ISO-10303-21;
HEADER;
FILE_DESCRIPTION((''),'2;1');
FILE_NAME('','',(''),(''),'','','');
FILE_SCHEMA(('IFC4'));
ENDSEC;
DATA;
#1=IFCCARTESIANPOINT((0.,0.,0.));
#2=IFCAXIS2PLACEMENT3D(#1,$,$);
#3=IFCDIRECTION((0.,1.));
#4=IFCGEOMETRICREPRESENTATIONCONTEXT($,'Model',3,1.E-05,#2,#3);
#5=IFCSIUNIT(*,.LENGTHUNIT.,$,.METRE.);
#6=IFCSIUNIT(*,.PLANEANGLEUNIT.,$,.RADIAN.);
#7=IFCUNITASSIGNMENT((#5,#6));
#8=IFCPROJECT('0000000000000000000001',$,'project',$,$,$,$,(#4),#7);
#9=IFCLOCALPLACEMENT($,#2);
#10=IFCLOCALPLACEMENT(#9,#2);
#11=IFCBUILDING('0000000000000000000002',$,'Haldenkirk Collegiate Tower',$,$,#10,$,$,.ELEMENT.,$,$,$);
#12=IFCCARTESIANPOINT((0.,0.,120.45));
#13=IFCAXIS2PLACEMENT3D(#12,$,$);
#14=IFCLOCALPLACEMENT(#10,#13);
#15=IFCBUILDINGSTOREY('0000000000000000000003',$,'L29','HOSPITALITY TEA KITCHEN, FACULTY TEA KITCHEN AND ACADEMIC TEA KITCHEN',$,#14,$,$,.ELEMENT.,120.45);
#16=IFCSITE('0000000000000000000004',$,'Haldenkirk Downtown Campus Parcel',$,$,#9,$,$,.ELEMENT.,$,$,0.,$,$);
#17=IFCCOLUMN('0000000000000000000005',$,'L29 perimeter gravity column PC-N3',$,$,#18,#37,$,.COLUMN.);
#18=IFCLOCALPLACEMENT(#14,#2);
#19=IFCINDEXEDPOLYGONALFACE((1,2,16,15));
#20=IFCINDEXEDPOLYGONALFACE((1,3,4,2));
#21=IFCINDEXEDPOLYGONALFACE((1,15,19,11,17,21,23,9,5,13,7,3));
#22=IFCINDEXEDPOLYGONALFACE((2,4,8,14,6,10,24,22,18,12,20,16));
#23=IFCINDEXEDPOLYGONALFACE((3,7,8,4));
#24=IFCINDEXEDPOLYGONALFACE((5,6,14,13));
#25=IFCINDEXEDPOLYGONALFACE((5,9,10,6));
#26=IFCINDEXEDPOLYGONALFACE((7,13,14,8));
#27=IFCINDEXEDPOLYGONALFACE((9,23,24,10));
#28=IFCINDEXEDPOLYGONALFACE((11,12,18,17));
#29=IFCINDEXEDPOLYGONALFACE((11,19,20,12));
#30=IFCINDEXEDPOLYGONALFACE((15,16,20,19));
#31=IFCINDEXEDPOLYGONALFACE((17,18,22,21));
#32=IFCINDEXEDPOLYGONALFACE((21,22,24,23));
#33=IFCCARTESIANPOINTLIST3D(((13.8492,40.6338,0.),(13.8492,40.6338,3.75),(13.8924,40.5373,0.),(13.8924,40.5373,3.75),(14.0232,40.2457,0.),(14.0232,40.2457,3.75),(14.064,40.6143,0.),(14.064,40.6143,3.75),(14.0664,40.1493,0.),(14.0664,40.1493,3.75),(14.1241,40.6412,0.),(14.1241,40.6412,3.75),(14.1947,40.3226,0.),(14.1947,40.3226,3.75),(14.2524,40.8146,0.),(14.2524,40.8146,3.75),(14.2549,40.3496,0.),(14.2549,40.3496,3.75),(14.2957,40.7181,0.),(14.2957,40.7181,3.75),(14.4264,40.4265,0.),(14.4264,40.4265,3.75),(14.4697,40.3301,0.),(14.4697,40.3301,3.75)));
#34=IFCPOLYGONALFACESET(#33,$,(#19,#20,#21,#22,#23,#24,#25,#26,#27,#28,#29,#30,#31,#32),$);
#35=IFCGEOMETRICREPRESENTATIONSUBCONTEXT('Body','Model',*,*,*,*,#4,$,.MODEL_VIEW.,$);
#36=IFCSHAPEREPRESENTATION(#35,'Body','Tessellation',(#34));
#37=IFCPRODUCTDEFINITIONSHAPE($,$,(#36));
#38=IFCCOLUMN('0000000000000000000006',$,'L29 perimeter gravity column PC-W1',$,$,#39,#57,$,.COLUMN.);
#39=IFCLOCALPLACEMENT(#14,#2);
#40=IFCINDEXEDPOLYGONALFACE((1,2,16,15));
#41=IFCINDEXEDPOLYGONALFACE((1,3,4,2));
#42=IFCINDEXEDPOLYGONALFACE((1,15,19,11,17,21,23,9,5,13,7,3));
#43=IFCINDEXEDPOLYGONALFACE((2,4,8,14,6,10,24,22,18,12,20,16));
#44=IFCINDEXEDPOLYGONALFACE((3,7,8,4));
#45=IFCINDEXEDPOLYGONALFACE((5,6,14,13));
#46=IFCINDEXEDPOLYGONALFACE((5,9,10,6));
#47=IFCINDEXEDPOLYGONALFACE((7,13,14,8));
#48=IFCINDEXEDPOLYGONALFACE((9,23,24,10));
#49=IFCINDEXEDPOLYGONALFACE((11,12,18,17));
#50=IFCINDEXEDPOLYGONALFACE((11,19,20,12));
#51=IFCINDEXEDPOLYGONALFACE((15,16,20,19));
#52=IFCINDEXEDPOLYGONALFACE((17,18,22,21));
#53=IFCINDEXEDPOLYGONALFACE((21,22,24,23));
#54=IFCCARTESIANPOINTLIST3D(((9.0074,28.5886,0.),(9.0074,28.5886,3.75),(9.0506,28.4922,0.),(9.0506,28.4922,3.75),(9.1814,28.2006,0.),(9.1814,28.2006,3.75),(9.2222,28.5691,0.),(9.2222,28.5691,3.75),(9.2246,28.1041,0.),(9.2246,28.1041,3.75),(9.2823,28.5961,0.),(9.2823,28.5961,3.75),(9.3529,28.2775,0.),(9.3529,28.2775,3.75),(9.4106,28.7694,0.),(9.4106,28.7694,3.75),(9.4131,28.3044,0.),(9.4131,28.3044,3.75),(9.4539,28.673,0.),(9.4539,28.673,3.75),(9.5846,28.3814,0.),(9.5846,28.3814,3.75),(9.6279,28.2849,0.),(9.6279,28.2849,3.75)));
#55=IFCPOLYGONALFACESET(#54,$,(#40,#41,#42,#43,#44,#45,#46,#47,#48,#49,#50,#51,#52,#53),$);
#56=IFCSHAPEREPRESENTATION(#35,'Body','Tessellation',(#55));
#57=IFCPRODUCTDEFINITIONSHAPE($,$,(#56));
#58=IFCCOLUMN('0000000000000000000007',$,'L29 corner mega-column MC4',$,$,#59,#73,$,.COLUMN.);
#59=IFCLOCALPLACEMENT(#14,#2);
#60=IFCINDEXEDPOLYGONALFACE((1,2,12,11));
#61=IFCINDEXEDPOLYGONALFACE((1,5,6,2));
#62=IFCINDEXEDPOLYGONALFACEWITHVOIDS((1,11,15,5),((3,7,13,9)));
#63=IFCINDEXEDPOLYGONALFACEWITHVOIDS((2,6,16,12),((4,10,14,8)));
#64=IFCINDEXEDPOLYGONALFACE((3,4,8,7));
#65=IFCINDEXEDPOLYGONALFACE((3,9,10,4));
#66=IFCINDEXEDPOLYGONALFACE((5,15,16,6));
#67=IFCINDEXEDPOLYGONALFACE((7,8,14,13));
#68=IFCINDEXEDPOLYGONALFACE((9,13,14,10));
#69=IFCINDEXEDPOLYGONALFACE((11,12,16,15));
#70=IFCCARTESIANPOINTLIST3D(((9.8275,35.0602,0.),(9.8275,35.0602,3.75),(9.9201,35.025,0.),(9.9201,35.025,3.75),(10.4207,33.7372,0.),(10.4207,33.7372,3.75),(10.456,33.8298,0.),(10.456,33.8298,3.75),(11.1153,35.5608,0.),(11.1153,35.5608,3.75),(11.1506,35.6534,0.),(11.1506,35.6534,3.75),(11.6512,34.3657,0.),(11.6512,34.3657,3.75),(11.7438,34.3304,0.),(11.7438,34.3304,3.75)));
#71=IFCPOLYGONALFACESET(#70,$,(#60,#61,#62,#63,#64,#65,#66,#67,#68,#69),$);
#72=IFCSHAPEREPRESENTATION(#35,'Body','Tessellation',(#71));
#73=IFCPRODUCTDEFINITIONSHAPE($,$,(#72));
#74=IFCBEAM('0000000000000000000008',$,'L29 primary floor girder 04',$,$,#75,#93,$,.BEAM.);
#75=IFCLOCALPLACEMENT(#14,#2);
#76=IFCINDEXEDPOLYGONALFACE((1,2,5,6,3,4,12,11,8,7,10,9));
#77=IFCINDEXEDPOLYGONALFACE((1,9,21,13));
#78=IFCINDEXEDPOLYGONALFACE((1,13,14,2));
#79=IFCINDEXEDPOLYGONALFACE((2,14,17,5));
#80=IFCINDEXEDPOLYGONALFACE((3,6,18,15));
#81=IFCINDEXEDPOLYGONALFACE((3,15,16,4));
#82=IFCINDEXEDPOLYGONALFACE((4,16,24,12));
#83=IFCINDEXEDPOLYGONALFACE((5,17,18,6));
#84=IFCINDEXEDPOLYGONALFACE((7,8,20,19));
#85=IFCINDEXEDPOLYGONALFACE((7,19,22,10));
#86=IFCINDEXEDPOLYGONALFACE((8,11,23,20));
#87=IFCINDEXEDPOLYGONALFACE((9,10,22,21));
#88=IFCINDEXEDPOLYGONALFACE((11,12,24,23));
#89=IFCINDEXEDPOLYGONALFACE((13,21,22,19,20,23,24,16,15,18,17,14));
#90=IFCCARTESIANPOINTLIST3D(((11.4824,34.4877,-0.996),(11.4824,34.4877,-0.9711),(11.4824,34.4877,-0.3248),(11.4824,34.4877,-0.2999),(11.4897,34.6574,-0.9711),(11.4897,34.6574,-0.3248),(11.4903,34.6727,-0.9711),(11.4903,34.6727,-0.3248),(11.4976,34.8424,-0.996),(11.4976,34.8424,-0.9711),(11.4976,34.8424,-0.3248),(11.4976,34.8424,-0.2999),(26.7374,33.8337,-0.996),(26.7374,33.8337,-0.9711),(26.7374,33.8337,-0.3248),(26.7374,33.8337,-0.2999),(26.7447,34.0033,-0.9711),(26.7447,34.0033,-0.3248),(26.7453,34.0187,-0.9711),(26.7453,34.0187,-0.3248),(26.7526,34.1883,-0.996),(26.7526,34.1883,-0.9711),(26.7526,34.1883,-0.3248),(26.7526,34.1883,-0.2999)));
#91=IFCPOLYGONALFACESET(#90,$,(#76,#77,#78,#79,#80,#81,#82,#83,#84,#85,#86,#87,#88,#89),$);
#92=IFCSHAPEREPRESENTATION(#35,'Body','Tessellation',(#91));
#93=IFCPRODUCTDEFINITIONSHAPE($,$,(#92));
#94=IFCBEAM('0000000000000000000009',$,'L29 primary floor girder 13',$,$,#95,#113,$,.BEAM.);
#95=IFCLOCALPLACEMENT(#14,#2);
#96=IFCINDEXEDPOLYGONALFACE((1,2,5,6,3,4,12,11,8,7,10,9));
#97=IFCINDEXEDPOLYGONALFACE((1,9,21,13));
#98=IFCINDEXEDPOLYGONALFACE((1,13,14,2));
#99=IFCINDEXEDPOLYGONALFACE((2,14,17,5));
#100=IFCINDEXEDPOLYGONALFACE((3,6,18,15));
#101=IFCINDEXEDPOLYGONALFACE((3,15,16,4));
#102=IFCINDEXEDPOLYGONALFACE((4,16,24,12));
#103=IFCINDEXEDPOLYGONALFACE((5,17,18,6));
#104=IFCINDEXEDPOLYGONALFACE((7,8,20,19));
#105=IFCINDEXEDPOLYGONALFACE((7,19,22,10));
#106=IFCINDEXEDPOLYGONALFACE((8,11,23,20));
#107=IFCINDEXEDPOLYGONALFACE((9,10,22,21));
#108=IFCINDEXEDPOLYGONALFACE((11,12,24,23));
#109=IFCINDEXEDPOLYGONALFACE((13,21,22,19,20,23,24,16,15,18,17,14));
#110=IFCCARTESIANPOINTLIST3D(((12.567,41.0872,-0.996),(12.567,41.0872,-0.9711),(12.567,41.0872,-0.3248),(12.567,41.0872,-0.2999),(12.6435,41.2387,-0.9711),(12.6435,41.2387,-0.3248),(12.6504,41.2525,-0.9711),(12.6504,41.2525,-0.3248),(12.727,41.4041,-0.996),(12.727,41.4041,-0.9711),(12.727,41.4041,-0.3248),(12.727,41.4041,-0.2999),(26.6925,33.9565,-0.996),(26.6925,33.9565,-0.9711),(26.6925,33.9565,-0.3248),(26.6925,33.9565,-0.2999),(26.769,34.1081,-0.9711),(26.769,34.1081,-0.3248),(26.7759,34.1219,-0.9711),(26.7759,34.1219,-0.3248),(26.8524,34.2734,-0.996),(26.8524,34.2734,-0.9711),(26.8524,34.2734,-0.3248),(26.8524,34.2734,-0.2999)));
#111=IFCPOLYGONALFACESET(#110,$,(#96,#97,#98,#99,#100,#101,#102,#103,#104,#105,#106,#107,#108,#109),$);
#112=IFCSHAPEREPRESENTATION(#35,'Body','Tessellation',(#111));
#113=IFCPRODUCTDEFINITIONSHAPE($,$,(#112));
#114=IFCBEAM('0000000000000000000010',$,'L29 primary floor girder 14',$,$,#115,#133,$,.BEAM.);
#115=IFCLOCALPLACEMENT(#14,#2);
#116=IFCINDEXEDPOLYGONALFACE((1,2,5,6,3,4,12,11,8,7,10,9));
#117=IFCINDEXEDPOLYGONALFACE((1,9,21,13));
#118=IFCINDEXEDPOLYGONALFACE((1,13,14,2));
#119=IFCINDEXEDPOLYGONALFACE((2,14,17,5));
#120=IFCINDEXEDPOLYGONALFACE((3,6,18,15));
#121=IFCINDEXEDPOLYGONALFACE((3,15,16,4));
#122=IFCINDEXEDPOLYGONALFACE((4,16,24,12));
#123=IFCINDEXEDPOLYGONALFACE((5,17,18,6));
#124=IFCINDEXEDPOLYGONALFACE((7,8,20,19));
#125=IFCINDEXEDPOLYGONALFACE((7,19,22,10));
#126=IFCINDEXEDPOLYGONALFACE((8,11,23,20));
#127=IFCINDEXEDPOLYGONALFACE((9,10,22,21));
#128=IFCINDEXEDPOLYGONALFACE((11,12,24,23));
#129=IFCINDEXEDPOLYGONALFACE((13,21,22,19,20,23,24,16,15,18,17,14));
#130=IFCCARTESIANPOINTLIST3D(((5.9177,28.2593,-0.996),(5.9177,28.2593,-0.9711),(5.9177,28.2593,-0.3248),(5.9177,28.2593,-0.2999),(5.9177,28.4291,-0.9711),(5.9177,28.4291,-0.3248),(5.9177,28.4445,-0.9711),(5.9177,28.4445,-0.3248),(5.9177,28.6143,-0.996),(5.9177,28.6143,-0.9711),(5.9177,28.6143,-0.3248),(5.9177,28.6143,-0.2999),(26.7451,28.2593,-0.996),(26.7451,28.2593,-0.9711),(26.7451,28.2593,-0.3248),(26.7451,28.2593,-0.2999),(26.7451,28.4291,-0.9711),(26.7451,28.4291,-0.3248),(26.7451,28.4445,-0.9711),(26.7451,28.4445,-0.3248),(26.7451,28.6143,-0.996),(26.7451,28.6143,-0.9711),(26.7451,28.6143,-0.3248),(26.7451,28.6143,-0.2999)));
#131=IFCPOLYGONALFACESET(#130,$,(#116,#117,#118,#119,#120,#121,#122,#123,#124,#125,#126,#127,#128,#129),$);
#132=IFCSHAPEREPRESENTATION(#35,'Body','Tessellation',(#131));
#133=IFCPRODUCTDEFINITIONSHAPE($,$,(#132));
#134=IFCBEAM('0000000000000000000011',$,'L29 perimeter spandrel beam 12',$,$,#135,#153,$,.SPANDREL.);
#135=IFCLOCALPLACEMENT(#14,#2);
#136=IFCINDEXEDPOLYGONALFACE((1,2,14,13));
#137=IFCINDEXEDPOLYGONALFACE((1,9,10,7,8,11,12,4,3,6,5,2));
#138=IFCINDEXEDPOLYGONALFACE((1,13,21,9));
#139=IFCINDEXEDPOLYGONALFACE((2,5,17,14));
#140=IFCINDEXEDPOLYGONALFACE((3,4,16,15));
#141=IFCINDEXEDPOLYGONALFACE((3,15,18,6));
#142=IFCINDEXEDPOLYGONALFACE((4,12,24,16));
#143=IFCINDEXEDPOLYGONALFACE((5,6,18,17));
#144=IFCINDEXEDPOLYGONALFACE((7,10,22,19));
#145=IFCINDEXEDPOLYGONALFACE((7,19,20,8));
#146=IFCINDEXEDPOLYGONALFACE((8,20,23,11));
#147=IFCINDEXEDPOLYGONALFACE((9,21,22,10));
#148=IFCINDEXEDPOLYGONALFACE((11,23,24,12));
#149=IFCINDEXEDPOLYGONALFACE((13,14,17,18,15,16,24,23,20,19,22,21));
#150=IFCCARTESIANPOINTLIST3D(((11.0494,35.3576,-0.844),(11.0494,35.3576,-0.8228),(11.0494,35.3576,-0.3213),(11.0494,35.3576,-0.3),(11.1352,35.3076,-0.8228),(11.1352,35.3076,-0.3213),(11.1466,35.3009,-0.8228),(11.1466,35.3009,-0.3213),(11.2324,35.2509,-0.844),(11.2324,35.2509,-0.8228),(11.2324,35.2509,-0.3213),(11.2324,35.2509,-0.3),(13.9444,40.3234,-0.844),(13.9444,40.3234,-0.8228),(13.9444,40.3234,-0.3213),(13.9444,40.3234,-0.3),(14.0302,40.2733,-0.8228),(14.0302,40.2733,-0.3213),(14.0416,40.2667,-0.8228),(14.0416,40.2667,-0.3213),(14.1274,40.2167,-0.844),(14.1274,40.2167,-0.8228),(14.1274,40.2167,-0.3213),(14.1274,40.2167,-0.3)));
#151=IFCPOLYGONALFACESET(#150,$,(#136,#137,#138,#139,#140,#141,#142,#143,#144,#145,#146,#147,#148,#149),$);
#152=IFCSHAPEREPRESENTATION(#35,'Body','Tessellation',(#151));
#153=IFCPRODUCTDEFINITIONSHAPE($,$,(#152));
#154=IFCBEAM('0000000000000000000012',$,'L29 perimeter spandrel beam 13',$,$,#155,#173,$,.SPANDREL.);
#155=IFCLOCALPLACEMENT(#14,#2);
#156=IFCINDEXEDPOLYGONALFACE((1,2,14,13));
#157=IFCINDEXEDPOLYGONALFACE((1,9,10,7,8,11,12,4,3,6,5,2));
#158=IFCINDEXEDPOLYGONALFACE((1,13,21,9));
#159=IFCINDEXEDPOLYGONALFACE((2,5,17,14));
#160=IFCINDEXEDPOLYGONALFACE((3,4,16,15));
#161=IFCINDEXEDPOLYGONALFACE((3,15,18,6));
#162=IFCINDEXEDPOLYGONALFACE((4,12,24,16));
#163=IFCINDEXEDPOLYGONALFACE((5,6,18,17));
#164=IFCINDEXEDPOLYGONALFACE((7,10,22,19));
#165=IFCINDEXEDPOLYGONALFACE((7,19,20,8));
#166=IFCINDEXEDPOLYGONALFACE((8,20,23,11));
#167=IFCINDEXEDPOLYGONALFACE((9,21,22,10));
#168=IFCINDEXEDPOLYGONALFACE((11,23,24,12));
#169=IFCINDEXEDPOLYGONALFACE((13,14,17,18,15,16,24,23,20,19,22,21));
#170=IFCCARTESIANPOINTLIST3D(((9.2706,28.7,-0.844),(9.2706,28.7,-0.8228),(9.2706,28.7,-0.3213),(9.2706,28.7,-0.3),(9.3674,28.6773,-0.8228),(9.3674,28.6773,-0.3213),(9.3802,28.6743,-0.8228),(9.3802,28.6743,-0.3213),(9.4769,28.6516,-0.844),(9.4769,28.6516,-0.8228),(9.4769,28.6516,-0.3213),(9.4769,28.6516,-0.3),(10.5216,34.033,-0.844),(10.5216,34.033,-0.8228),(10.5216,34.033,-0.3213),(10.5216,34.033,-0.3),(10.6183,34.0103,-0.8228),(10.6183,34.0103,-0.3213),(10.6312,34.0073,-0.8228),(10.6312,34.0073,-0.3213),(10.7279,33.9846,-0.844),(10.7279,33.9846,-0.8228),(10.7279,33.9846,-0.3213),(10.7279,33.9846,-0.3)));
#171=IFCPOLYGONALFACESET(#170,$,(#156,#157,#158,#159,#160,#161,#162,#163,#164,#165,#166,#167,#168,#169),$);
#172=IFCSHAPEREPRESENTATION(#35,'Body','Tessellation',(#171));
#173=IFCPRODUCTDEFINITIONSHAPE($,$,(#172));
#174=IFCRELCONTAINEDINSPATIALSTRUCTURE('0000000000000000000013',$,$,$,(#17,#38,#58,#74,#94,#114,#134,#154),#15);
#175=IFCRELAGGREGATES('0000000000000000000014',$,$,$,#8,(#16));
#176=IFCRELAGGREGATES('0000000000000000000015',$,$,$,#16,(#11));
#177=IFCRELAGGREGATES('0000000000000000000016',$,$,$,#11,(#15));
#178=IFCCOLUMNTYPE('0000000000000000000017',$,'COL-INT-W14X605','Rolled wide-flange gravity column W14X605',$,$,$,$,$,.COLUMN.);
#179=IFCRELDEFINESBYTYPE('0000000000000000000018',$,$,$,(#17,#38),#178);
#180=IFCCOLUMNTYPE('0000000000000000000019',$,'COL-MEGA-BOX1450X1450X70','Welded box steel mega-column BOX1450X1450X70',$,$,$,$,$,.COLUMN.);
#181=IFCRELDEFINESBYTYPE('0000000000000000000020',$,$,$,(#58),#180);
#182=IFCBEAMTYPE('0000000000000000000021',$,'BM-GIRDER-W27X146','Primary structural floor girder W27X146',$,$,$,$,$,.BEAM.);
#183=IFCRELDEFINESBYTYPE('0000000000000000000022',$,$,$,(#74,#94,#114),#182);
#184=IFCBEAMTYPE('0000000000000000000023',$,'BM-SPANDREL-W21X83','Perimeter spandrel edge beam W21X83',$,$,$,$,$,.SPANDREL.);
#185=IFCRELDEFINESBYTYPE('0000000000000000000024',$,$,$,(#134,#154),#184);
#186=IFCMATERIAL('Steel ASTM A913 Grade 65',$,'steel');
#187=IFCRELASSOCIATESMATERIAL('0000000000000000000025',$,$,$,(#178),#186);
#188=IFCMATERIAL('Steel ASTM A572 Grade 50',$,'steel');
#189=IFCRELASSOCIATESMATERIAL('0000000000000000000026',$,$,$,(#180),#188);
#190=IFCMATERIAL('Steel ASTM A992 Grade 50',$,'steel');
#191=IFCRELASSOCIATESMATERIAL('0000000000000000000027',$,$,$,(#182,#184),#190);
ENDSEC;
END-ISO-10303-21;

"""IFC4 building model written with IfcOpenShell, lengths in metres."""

from ifc_helpers import new_model, si_unit, direction, frame, origin, origin_2d, place, context, subcontext, project, spatial, hollow_rectangle, i_section, extrude, material, material_profile, profile_set, type_object, element, save


model = new_model("IFC4")

# Units and contexts
model_context = context("Model", 3, precision=1e-05, world=origin(), true_north=direction((0.0, 1.0)))
body_context = subcontext(model_context, "Body", "Model", "MODEL_VIEW")
ifc_project = project(units=[si_unit("LENGTHUNIT", "METRE"), si_unit("PLANEANGLEUNIT", "RADIAN")], contexts=[model_context])

# Site, building, storey
site_placement = place(None, origin())
site = spatial("IfcSite", under=ifc_project, at=site_placement, Name="Haldenkirk Downtown Campus Parcel", CompositionType="ELEMENT", RefElevation=0.0)
building_placement = place(site_placement, origin())
building = spatial("IfcBuilding", under=site, at=building_placement, Name="Haldenkirk Collegiate Tower", CompositionType="ELEMENT")
storey_placement = place(building_placement, frame((0.0, 0.0, 120.45)))
storey = spatial("IfcBuildingStorey", under=building, at=storey_placement, Name="L29", Description="HOSPITALITY TEA KITCHEN, FACULTY TEA KITCHEN AND ACADEMIC TEA KITCHEN", CompositionType="ELEMENT", Elevation=120.45)

# Columns
ifc_material_1 = material(Name="Steel ASTM A913 Grade 65", Category="steel")
ifc_material_profile_1 = material_profile(ifc_material_1, i_section(OverallWidth=0.4419, OverallDepth=0.531, WebThickness=0.0659, FlangeThickness=0.1057, at=origin_2d()), Name="W14X605")
ifc_profile_set_1 = profile_set([ifc_material_profile_1], Name="Steel ASTM A913 Grade 65")
column_type_1 = type_object("IfcColumnType", Name="COL-INT-W14X605", Description="Rolled wide-flange gravity column W14X605", PredefinedType="COLUMN", material=ifc_profile_set_1)
for number, where, z_axis, x_axis, name in (
    (1, (14.1594, 40.4819, 0.0), (0.0, 0.0, 1.0), (0.912477, 0.409127, 0.0), "L29 perimeter gravity column PC-N3"),
    (2, (9.3176, 28.4368, 0.0), (0.0, 0.0, 1.0), (0.912477, 0.409127, 0.0), "L29 perimeter gravity column PC-W1"),
):
    element("IfcColumn", number, at=place(storey_placement, frame(where, z_axis=z_axis, x_axis=x_axis)), inside=storey, type_object=column_type_1, Name=name, PredefinedType="COLUMN", context=body_context, shape_type="SweptSolid", body=[
        extrude(i_section(OverallWidth=0.4419, OverallDepth=0.531, WebThickness=0.0659, FlangeThickness=0.1057, at=origin_2d()), origin(), (0.0, 0.0, 1.0), 3.75),
    ])
ifc_material_2 = material(Name="Steel ASTM A572 Grade 50", Category="steel")
ifc_material_profile_2 = material_profile(ifc_material_2, hollow_rectangle(XDim=1.45, YDim=1.45, WallThickness=0.0701, at=origin_2d()), Name="BOX1450X1450X70")
ifc_profile_set_2 = profile_set([ifc_material_profile_2], Name="Steel ASTM A572 Grade 50")
column_type_2 = type_object("IfcColumnType", Name="COL-MEGA-BOX1450X1450X70", Description="Welded box steel mega-column BOX1450X1450X70", PredefinedType="COLUMN", material=ifc_profile_set_2)
column_placement = place(storey_placement, frame((10.7856, 34.6953, 0.0), z_axis=(0.0, 0.0, 1.0), x_axis=(0.912477, 0.409127, 0.0)))
element("IfcColumn", 3, at=column_placement, inside=storey, type_object=column_type_2, Name="L29 corner mega-column MC4", PredefinedType="COLUMN", context=body_context, shape_type="SweptSolid", body=[
    extrude(hollow_rectangle(XDim=1.45, YDim=1.45, WallThickness=0.0701, at=origin_2d()), origin(), (0.0, 0.0, 1.0), 3.75),
])

# Beams
ifc_material_3 = material(Name="Steel ASTM A992 Grade 50", Category="steel")
ifc_material_profile_3 = material_profile(ifc_material_3, i_section(OverallWidth=0.355, OverallDepth=0.696, WebThickness=0.0154, FlangeThickness=0.0249, at=origin_2d()), Name="W27X146")
ifc_profile_set_3 = profile_set([ifc_material_profile_3], Name="Steel ASTM A992 Grade 50")
beam_type_1 = type_object("IfcBeamType", Name="BM-GIRDER-W27X146", Description="Primary structural floor girder W27X146", PredefinedType="BEAM", material=ifc_profile_set_3)
beam_1_placement = place(storey_placement, frame((11.49, 34.665, -0.6479), z_axis=(0.999082, -0.042835, 0.0), x_axis=(0.042835, 0.999082, 0.0)))
element("IfcBeam", 4, at=beam_1_placement, inside=storey, type_object=beam_type_1, Name="L29 primary floor girder 04", PredefinedType="BEAM", context=body_context, shape_type="SweptSolid", body=[
    extrude(i_section(OverallWidth=0.355, OverallDepth=0.696, WebThickness=0.0154, FlangeThickness=0.0249, at=origin_2d()), origin(), (0.0, 0.0, 1.0), 15.269),
])
beam_2_placement = place(storey_placement, frame((12.647, 41.2456, -0.6479), z_axis=(0.892705, -0.450642, 0.0), x_axis=(0.450642, 0.892705, 0.0)))
element("IfcBeam", 5, at=beam_2_placement, inside=storey, type_object=beam_type_1, Name="L29 primary floor girder 13", PredefinedType="BEAM", context=body_context, shape_type="SweptSolid", body=[
    extrude(i_section(OverallWidth=0.355, OverallDepth=0.696, WebThickness=0.0154, FlangeThickness=0.0249, at=origin_2d()), origin(), (0.0, 0.0, 1.0), 15.8232),
])
beam_3_placement = place(storey_placement, frame((5.9177, 28.4368, -0.6479), z_axis=(1.0, 0.0, 0.0), x_axis=(0.0, 1.0, 0.0)))
element("IfcBeam", 6, at=beam_3_placement, inside=storey, type_object=beam_type_1, Name="L29 primary floor girder 14", PredefinedType="BEAM", context=body_context, shape_type="SweptSolid", body=[
    extrude(i_section(OverallWidth=0.355, OverallDepth=0.696, WebThickness=0.0154, FlangeThickness=0.0249, at=origin_2d()), origin(), (0.0, 0.0, 1.0), 20.8274),
])
ifc_material_profile_4 = material_profile(ifc_material_3, i_section(OverallWidth=0.2119, OverallDepth=0.5439, WebThickness=0.0132, FlangeThickness=0.0212, at=origin_2d()), Name="W21X83")
ifc_profile_set_4 = profile_set([ifc_material_profile_4], Name="Steel ASTM A992 Grade 50")
beam_type_2 = type_object("IfcBeamType", Name="BM-SPANDREL-W21X83", Description="Perimeter spandrel edge beam W21X83", PredefinedType="SPANDREL", material=ifc_profile_set_4)
beam_4_placement = place(storey_placement, frame((14.0359, 40.27, -0.572), z_axis=(-0.503649, -0.863908, 0.0), x_axis=(0.863908, -0.503649, 0.0)))
element("IfcBeam", 7, at=beam_4_placement, inside=storey, type_object=beam_type_2, Name="L29 perimeter spandrel beam 12", PredefinedType="SPANDREL", context=body_context, shape_type="SweptSolid", body=[
    extrude(i_section(OverallWidth=0.2119, OverallDepth=0.5439, WebThickness=0.0132, FlangeThickness=0.0212, at=origin_2d()), origin(), (0.0, 0.0, 1.0), 5.748),
])
beam_5_placement = place(storey_placement, frame((10.6248, 34.0088, -0.572), z_axis=(-0.228374, -0.973574, 0.0), x_axis=(0.973574, -0.228374, 0.0)))
element("IfcBeam", 8, at=beam_5_placement, inside=storey, type_object=beam_type_2, Name="L29 perimeter spandrel beam 13", PredefinedType="SPANDREL", context=body_context, shape_type="SweptSolid", body=[
    extrude(i_section(OverallWidth=0.2119, OverallDepth=0.5439, WebThickness=0.0132, FlangeThickness=0.0212, at=origin_2d()), origin(), (0.0, 0.0, 1.0), 5.4778),
])

save(model, "model.ifc")
